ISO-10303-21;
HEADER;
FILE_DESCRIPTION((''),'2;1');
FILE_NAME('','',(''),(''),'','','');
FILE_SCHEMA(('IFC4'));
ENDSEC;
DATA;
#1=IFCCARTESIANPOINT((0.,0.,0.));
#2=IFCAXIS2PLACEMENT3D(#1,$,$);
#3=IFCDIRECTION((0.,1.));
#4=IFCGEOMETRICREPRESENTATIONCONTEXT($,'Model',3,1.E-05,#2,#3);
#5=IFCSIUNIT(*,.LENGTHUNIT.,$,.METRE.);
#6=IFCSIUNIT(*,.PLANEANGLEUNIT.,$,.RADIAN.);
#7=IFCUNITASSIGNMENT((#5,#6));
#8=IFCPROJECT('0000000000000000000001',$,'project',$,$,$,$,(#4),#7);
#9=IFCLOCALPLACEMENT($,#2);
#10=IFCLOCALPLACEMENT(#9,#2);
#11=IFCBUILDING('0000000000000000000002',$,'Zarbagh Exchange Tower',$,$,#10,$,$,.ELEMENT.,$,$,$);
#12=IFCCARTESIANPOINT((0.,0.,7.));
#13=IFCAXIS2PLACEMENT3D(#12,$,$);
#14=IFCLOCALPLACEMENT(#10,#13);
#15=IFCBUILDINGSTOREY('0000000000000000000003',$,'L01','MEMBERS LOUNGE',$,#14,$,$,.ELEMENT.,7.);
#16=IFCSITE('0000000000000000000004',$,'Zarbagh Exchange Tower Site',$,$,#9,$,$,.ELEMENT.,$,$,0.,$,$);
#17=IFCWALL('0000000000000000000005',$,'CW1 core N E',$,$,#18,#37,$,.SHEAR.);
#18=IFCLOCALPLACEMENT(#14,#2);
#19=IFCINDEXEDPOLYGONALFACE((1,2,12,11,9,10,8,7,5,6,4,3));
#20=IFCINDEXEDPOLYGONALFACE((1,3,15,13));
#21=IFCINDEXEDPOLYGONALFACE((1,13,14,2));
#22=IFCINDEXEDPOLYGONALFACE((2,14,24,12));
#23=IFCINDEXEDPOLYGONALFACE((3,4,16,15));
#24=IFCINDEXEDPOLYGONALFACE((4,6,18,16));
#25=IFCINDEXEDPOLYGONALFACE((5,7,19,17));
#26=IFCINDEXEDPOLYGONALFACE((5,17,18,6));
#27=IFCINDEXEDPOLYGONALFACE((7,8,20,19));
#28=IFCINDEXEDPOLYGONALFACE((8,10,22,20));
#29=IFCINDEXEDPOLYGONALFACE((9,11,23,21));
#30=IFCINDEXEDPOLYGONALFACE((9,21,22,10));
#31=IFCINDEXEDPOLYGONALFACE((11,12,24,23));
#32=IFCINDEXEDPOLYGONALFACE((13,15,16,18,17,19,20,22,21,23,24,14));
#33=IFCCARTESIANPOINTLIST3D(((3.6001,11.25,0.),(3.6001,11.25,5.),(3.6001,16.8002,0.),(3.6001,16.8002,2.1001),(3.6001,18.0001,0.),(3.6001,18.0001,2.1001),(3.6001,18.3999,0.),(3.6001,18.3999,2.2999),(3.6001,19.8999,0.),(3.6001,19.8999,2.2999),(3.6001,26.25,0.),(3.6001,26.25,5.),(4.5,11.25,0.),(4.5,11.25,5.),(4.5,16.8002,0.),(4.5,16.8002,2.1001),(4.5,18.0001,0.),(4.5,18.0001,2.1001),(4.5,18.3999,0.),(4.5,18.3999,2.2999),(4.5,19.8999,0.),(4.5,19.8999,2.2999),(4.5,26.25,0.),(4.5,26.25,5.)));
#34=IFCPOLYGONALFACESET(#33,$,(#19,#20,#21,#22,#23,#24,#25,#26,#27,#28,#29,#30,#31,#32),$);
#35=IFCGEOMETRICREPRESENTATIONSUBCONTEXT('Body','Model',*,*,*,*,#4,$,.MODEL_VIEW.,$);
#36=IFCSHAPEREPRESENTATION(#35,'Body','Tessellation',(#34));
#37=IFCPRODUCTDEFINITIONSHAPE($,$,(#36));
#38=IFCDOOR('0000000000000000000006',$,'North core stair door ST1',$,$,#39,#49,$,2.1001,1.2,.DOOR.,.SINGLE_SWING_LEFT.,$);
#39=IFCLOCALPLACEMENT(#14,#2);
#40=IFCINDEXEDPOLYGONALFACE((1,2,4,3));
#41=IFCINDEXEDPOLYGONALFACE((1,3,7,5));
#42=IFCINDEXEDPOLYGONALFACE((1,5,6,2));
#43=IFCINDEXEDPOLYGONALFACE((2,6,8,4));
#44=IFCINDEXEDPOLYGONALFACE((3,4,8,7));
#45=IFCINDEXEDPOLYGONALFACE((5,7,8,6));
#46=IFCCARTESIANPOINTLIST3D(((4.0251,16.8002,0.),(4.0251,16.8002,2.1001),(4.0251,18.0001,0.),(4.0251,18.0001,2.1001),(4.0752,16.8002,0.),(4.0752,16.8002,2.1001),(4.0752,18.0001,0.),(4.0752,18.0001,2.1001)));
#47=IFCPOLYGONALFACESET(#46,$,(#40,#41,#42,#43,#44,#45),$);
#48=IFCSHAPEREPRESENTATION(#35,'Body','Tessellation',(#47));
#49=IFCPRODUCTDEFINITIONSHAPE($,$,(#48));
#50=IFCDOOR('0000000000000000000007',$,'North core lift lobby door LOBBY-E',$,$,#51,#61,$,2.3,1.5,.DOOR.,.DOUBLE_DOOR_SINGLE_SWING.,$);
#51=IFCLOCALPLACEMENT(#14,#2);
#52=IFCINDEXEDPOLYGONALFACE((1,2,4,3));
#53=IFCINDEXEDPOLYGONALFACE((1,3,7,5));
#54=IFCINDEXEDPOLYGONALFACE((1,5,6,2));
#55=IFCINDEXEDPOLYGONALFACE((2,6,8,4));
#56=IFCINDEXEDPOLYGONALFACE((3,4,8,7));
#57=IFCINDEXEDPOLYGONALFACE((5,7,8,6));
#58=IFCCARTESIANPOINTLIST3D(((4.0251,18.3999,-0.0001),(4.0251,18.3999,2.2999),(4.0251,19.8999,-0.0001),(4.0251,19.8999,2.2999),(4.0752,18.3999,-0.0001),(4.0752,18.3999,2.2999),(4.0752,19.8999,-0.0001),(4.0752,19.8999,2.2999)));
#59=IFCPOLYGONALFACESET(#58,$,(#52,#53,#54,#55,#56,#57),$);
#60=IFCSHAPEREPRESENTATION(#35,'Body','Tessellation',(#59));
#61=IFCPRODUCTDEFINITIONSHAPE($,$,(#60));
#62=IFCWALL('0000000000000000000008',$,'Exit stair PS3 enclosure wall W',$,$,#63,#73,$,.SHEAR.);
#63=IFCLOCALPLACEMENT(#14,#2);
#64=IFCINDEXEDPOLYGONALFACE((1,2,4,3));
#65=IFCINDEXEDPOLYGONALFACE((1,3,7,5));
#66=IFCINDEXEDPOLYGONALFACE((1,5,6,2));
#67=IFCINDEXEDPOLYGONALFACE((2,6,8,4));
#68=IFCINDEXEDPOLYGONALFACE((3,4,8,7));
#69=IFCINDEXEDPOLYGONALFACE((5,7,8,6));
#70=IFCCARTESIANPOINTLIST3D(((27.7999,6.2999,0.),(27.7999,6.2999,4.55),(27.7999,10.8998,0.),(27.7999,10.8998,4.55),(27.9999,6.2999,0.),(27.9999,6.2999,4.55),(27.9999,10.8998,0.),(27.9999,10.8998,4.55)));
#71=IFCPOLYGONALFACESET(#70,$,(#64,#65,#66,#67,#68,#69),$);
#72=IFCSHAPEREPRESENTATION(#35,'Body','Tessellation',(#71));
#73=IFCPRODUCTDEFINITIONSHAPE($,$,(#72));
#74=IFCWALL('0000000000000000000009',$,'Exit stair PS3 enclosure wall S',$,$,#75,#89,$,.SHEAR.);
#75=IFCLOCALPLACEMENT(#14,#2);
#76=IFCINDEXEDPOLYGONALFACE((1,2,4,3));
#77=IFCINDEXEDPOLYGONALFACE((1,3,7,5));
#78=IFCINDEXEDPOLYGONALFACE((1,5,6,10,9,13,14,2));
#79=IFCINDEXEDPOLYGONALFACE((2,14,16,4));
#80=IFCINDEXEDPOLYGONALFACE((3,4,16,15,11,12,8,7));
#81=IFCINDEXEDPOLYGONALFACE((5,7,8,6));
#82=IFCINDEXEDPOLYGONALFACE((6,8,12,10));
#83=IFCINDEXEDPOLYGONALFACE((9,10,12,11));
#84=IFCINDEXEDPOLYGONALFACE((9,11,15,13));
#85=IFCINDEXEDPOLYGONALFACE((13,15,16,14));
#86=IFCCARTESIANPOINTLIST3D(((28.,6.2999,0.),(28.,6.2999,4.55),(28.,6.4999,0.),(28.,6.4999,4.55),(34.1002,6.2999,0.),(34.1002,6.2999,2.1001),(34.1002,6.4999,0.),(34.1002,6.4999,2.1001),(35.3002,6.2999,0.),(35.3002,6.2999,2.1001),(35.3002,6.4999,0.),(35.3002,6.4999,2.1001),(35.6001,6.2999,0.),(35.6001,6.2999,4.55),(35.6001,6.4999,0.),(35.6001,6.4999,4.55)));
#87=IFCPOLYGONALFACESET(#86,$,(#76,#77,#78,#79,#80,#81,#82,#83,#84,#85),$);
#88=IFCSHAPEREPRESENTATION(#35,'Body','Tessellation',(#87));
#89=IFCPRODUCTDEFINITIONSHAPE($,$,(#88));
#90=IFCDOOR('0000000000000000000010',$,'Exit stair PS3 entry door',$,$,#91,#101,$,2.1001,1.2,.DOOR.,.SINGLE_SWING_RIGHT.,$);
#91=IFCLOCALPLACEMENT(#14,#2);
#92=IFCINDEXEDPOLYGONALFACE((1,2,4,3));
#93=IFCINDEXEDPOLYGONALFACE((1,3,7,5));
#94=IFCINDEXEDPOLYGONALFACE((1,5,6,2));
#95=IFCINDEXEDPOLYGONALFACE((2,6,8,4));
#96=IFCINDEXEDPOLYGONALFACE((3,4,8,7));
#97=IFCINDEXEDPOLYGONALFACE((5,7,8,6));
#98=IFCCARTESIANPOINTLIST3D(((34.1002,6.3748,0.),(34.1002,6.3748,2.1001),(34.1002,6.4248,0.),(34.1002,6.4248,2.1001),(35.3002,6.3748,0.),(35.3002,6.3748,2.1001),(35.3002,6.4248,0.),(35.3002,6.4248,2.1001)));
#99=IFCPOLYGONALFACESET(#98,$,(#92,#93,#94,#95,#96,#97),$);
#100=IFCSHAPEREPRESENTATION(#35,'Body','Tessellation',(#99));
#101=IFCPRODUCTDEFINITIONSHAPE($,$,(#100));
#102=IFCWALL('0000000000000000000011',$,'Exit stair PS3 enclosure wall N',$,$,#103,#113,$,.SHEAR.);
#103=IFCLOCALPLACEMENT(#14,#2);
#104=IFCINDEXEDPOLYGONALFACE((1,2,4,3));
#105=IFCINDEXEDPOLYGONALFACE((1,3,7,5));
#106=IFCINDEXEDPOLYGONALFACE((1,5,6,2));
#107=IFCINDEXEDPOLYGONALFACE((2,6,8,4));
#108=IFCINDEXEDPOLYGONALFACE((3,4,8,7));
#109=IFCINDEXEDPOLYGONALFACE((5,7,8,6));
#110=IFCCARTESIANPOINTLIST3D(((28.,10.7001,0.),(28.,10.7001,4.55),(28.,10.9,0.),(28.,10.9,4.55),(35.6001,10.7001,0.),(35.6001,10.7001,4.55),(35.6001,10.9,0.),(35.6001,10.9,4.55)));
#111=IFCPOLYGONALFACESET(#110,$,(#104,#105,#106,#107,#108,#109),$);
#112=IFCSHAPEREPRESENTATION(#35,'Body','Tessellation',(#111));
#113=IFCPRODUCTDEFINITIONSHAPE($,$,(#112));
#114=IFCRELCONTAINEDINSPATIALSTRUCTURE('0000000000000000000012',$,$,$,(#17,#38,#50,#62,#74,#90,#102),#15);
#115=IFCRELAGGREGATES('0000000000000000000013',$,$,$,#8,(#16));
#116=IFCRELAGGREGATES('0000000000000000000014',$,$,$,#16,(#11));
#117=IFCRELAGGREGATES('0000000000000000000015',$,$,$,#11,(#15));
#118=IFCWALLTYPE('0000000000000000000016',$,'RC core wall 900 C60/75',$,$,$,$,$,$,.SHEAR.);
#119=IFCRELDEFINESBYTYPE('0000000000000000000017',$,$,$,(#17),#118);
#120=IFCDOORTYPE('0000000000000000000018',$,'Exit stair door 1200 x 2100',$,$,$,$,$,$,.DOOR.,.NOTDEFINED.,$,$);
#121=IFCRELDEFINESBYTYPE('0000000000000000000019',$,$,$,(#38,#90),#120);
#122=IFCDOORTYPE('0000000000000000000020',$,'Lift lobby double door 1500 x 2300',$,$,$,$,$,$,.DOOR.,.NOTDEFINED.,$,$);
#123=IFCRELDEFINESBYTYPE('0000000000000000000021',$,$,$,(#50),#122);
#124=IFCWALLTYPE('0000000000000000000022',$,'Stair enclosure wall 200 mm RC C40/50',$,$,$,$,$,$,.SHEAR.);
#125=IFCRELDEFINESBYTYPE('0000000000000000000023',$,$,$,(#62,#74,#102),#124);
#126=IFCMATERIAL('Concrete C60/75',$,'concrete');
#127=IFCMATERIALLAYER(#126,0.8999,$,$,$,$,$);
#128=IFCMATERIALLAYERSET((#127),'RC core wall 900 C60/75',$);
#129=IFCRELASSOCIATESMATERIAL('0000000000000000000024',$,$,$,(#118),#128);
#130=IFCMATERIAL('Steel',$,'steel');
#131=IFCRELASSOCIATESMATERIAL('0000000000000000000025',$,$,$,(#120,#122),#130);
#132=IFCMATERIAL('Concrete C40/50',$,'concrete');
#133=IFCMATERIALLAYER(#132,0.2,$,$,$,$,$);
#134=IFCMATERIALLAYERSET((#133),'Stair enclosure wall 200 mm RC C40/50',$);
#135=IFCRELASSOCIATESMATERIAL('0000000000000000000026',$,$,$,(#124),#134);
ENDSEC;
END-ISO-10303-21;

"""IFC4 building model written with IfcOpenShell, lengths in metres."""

from ifc_helpers import new_model, si_unit, direction, frame, frame_2d, origin, place, context, subcontext, project, spatial, rectangle, extrude, material, layer, layer_set, type_object, element, fill, save


model = new_model("IFC4")

# Units and contexts
model_context = context("Model", 3, precision=1e-05, world=origin(), true_north=direction((0.0, 1.0)))
body_context = subcontext(model_context, "Body", "Model", "MODEL_VIEW")
ifc_project = project(units=[si_unit("LENGTHUNIT", "METRE"), si_unit("PLANEANGLEUNIT", "RADIAN")], contexts=[model_context])

# Site, building, storey
site_placement = place(None, origin())
site = spatial("IfcSite", under=ifc_project, at=site_placement, Name="Zarbagh Exchange Tower Site", CompositionType="ELEMENT", RefElevation=0.0)
building_placement = place(site_placement, origin())
building = spatial("IfcBuilding", under=site, at=building_placement, Name="Zarbagh Exchange Tower", CompositionType="ELEMENT")
storey_placement = place(building_placement, frame((0.0, 0.0, 7.0)))
storey = spatial("IfcBuildingStorey", under=building, at=storey_placement, Name="L01", Description="MEMBERS LOUNGE", CompositionType="ELEMENT", Elevation=7.0)

# Shared definitions
ifc_material_1 = material(Name="Concrete C60/75", Category="concrete")

# Wall, openings, doors
ifc_layer_1 = layer(ifc_material_1, 0.8999)
ifc_layer_set_1 = layer_set([ifc_layer_1], Name="RC core wall 900 C60/75")
wall_type_1 = type_object("IfcWallType", Name="RC core wall 900 C60/75", PredefinedType="SHEAR", material=ifc_layer_set_1)
wall_1_placement = place(storey_placement, frame((4.05, 11.25, 0.0), z_axis=(0.0, 0.0, 1.0), x_axis=(0.0, 1.0, 0.0)))
wall_1 = element("IfcWall", 1, at=wall_1_placement, inside=storey, type_object=wall_type_1, Name="CW1 core N E", PredefinedType="SHEAR", context=body_context, shape_type="SweptSolid", body=[
    extrude(rectangle(XDim=15.0, YDim=0.8999, at=frame_2d((7.5, 0.0))), origin(), (0.0, 0.0, 1.0), 5.0),
])
opening_1_placement = place(wall_1_placement, frame((7.1499, 0.0, 0.0)))
opening_1 = element("IfcOpeningElement", 2, at=opening_1_placement, cuts=wall_1, PredefinedType="OPENING", context=body_context, shape_type="SweptSolid", body=[
    extrude(rectangle(XDim=1.5, YDim=2.3, at=frame_2d((0.75, 1.1499))), frame((0.0, 0.46, 0.0), z_axis=(0.0, -1.0, 0.0), x_axis=(1.0, 0.0, 0.0)), (0.0, 0.0, 1.0), 0.9199),
])
opening_2_placement = place(wall_1_placement, frame((5.55, 0.0, 0.0)))
opening_2 = element("IfcOpeningElement", 3, at=opening_2_placement, cuts=wall_1, PredefinedType="OPENING", context=body_context, shape_type="SweptSolid", body=[
    extrude(rectangle(XDim=1.2, YDim=2.1001, at=frame_2d((0.6001, 1.05))), frame((0.0, 0.46, 0.0), z_axis=(0.0, -1.0, 0.0), x_axis=(1.0, 0.0, 0.0)), (0.0, 0.0, 1.0), 0.9199),
])
ifc_material_2 = material(Name="Steel", Category="steel")
door_type_1 = type_object("IfcDoorType", Name="Exit stair door 1200 x 2100", OperationType="NOTDEFINED", PredefinedType="DOOR", material=ifc_material_2)
door_1_placement = place(opening_2_placement, origin())
door_1 = element("IfcDoor", 4, at=door_1_placement, inside=storey, type_object=door_type_1, Name="North core stair door ST1", OperationType="SINGLE_SWING_LEFT", OverallHeight=2.1001, OverallWidth=1.2, PredefinedType="DOOR", context=body_context, shape_type="SweptSolid", body=[
    extrude(rectangle(XDim=1.2, YDim=2.1001, at=frame_2d((0.6001, 1.05))), frame((0.0, 0.0249, 0.0), z_axis=(0.0, -1.0, 0.0), x_axis=(1.0, 0.0, 0.0)), (0.0, 0.0, 1.0), 0.05),
])
fill(opening_2, door_1)
door_type_2 = type_object("IfcDoorType", Name="Lift lobby double door 1500 x 2300", OperationType="NOTDEFINED", PredefinedType="DOOR", material=ifc_material_2)
door_2_placement = place(opening_1_placement, origin())
door_2 = element("IfcDoor", 5, at=door_2_placement, inside=storey, type_object=door_type_2, Name="North core lift lobby door LOBBY-E", OperationType="DOUBLE_DOOR_SINGLE_SWING", OverallHeight=2.3, OverallWidth=1.5, PredefinedType="DOOR", context=body_context, shape_type="SweptSolid", body=[
    extrude(rectangle(XDim=1.5, YDim=2.3, at=frame_2d((0.75, 1.1499))), frame((0.0, 0.0249, 0.0), z_axis=(0.0, -1.0, 0.0), x_axis=(1.0, 0.0, 0.0)), (0.0, 0.0, 1.0), 0.05),
])
fill(opening_1, door_2)

# Wall
ifc_material_3 = material(Name="Concrete C40/50", Category="concrete")
ifc_layer_2 = layer(ifc_material_3, 0.2)
ifc_layer_set_2 = layer_set([ifc_layer_2], Name="Stair enclosure wall 200 mm RC C40/50")
wall_type_2 = type_object("IfcWallType", Name="Stair enclosure wall 200 mm RC C40/50", PredefinedType="SHEAR", material=ifc_layer_set_2)
wall_2_placement = place(storey_placement, frame((27.8999, 6.3, 0.0), z_axis=(0.0, 0.0, 1.0), x_axis=(0.0, 1.0, 0.0)))
element("IfcWall", 6, at=wall_2_placement, inside=storey, type_object=wall_type_2, Name="Exit stair PS3 enclosure wall W", PredefinedType="SHEAR", context=body_context, shape_type="SweptSolid", body=[
    extrude(rectangle(XDim=4.5999, YDim=0.2, at=frame_2d((2.2998, 0.0))), origin(), (0.0, 0.0, 1.0), 4.55),
])

# Wall, opening, door
wall_3_placement = place(storey_placement, frame((28.0, 6.3999, 0.0), z_axis=(0.0, 0.0, 1.0), x_axis=(1.0, 0.0, 0.0)))
wall_3 = element("IfcWall", 7, at=wall_3_placement, inside=storey, type_object=wall_type_2, Name="Exit stair PS3 enclosure wall S", PredefinedType="SHEAR", context=body_context, shape_type="SweptSolid", body=[
    extrude(rectangle(XDim=7.6001, YDim=0.2, at=frame_2d((3.8, 0.0))), origin(), (0.0, 0.0, 1.0), 4.55),
])
opening_3_placement = place(wall_3_placement, frame((6.1001, 0.0, 0.0)))
opening_3 = element("IfcOpeningElement", 8, at=opening_3_placement, cuts=wall_3, PredefinedType="OPENING", context=body_context, shape_type="SweptSolid", body=[
    extrude(rectangle(XDim=1.2, YDim=2.1001, at=frame_2d((0.6001, 1.05))), frame((0.0, 0.1099, 0.0), z_axis=(0.0, -1.0, 0.0), x_axis=(1.0, 0.0, 0.0)), (0.0, 0.0, 1.0), 0.22),
])
door_3_placement = place(opening_3_placement, origin())
door_3 = element("IfcDoor", 9, at=door_3_placement, inside=storey, type_object=door_type_1, Name="Exit stair PS3 entry door", OperationType="SINGLE_SWING_RIGHT", OverallHeight=2.1001, OverallWidth=1.2, PredefinedType="DOOR", context=body_context, shape_type="SweptSolid", body=[
    extrude(rectangle(XDim=1.2, YDim=2.1001, at=frame_2d((0.6001, 1.05))), frame((0.0, 0.0249, 0.0), z_axis=(0.0, -1.0, 0.0), x_axis=(1.0, 0.0, 0.0)), (0.0, 0.0, 1.0), 0.05),
])
fill(opening_3, door_3)

# Wall
wall_4_placement = place(storey_placement, frame((28.0, 10.8, 0.0), z_axis=(0.0, 0.0, 1.0), x_axis=(1.0, 0.0, 0.0)))
element("IfcWall", 10, at=wall_4_placement, inside=storey, type_object=wall_type_2, Name="Exit stair PS3 enclosure wall N", PredefinedType="SHEAR", context=body_context, shape_type="SweptSolid", body=[
    extrude(rectangle(XDim=7.6001, YDim=0.2, at=frame_2d((3.8, 0.0))), origin(), (0.0, 0.0, 1.0), 4.55),
])

save(model, "model.ifc")
